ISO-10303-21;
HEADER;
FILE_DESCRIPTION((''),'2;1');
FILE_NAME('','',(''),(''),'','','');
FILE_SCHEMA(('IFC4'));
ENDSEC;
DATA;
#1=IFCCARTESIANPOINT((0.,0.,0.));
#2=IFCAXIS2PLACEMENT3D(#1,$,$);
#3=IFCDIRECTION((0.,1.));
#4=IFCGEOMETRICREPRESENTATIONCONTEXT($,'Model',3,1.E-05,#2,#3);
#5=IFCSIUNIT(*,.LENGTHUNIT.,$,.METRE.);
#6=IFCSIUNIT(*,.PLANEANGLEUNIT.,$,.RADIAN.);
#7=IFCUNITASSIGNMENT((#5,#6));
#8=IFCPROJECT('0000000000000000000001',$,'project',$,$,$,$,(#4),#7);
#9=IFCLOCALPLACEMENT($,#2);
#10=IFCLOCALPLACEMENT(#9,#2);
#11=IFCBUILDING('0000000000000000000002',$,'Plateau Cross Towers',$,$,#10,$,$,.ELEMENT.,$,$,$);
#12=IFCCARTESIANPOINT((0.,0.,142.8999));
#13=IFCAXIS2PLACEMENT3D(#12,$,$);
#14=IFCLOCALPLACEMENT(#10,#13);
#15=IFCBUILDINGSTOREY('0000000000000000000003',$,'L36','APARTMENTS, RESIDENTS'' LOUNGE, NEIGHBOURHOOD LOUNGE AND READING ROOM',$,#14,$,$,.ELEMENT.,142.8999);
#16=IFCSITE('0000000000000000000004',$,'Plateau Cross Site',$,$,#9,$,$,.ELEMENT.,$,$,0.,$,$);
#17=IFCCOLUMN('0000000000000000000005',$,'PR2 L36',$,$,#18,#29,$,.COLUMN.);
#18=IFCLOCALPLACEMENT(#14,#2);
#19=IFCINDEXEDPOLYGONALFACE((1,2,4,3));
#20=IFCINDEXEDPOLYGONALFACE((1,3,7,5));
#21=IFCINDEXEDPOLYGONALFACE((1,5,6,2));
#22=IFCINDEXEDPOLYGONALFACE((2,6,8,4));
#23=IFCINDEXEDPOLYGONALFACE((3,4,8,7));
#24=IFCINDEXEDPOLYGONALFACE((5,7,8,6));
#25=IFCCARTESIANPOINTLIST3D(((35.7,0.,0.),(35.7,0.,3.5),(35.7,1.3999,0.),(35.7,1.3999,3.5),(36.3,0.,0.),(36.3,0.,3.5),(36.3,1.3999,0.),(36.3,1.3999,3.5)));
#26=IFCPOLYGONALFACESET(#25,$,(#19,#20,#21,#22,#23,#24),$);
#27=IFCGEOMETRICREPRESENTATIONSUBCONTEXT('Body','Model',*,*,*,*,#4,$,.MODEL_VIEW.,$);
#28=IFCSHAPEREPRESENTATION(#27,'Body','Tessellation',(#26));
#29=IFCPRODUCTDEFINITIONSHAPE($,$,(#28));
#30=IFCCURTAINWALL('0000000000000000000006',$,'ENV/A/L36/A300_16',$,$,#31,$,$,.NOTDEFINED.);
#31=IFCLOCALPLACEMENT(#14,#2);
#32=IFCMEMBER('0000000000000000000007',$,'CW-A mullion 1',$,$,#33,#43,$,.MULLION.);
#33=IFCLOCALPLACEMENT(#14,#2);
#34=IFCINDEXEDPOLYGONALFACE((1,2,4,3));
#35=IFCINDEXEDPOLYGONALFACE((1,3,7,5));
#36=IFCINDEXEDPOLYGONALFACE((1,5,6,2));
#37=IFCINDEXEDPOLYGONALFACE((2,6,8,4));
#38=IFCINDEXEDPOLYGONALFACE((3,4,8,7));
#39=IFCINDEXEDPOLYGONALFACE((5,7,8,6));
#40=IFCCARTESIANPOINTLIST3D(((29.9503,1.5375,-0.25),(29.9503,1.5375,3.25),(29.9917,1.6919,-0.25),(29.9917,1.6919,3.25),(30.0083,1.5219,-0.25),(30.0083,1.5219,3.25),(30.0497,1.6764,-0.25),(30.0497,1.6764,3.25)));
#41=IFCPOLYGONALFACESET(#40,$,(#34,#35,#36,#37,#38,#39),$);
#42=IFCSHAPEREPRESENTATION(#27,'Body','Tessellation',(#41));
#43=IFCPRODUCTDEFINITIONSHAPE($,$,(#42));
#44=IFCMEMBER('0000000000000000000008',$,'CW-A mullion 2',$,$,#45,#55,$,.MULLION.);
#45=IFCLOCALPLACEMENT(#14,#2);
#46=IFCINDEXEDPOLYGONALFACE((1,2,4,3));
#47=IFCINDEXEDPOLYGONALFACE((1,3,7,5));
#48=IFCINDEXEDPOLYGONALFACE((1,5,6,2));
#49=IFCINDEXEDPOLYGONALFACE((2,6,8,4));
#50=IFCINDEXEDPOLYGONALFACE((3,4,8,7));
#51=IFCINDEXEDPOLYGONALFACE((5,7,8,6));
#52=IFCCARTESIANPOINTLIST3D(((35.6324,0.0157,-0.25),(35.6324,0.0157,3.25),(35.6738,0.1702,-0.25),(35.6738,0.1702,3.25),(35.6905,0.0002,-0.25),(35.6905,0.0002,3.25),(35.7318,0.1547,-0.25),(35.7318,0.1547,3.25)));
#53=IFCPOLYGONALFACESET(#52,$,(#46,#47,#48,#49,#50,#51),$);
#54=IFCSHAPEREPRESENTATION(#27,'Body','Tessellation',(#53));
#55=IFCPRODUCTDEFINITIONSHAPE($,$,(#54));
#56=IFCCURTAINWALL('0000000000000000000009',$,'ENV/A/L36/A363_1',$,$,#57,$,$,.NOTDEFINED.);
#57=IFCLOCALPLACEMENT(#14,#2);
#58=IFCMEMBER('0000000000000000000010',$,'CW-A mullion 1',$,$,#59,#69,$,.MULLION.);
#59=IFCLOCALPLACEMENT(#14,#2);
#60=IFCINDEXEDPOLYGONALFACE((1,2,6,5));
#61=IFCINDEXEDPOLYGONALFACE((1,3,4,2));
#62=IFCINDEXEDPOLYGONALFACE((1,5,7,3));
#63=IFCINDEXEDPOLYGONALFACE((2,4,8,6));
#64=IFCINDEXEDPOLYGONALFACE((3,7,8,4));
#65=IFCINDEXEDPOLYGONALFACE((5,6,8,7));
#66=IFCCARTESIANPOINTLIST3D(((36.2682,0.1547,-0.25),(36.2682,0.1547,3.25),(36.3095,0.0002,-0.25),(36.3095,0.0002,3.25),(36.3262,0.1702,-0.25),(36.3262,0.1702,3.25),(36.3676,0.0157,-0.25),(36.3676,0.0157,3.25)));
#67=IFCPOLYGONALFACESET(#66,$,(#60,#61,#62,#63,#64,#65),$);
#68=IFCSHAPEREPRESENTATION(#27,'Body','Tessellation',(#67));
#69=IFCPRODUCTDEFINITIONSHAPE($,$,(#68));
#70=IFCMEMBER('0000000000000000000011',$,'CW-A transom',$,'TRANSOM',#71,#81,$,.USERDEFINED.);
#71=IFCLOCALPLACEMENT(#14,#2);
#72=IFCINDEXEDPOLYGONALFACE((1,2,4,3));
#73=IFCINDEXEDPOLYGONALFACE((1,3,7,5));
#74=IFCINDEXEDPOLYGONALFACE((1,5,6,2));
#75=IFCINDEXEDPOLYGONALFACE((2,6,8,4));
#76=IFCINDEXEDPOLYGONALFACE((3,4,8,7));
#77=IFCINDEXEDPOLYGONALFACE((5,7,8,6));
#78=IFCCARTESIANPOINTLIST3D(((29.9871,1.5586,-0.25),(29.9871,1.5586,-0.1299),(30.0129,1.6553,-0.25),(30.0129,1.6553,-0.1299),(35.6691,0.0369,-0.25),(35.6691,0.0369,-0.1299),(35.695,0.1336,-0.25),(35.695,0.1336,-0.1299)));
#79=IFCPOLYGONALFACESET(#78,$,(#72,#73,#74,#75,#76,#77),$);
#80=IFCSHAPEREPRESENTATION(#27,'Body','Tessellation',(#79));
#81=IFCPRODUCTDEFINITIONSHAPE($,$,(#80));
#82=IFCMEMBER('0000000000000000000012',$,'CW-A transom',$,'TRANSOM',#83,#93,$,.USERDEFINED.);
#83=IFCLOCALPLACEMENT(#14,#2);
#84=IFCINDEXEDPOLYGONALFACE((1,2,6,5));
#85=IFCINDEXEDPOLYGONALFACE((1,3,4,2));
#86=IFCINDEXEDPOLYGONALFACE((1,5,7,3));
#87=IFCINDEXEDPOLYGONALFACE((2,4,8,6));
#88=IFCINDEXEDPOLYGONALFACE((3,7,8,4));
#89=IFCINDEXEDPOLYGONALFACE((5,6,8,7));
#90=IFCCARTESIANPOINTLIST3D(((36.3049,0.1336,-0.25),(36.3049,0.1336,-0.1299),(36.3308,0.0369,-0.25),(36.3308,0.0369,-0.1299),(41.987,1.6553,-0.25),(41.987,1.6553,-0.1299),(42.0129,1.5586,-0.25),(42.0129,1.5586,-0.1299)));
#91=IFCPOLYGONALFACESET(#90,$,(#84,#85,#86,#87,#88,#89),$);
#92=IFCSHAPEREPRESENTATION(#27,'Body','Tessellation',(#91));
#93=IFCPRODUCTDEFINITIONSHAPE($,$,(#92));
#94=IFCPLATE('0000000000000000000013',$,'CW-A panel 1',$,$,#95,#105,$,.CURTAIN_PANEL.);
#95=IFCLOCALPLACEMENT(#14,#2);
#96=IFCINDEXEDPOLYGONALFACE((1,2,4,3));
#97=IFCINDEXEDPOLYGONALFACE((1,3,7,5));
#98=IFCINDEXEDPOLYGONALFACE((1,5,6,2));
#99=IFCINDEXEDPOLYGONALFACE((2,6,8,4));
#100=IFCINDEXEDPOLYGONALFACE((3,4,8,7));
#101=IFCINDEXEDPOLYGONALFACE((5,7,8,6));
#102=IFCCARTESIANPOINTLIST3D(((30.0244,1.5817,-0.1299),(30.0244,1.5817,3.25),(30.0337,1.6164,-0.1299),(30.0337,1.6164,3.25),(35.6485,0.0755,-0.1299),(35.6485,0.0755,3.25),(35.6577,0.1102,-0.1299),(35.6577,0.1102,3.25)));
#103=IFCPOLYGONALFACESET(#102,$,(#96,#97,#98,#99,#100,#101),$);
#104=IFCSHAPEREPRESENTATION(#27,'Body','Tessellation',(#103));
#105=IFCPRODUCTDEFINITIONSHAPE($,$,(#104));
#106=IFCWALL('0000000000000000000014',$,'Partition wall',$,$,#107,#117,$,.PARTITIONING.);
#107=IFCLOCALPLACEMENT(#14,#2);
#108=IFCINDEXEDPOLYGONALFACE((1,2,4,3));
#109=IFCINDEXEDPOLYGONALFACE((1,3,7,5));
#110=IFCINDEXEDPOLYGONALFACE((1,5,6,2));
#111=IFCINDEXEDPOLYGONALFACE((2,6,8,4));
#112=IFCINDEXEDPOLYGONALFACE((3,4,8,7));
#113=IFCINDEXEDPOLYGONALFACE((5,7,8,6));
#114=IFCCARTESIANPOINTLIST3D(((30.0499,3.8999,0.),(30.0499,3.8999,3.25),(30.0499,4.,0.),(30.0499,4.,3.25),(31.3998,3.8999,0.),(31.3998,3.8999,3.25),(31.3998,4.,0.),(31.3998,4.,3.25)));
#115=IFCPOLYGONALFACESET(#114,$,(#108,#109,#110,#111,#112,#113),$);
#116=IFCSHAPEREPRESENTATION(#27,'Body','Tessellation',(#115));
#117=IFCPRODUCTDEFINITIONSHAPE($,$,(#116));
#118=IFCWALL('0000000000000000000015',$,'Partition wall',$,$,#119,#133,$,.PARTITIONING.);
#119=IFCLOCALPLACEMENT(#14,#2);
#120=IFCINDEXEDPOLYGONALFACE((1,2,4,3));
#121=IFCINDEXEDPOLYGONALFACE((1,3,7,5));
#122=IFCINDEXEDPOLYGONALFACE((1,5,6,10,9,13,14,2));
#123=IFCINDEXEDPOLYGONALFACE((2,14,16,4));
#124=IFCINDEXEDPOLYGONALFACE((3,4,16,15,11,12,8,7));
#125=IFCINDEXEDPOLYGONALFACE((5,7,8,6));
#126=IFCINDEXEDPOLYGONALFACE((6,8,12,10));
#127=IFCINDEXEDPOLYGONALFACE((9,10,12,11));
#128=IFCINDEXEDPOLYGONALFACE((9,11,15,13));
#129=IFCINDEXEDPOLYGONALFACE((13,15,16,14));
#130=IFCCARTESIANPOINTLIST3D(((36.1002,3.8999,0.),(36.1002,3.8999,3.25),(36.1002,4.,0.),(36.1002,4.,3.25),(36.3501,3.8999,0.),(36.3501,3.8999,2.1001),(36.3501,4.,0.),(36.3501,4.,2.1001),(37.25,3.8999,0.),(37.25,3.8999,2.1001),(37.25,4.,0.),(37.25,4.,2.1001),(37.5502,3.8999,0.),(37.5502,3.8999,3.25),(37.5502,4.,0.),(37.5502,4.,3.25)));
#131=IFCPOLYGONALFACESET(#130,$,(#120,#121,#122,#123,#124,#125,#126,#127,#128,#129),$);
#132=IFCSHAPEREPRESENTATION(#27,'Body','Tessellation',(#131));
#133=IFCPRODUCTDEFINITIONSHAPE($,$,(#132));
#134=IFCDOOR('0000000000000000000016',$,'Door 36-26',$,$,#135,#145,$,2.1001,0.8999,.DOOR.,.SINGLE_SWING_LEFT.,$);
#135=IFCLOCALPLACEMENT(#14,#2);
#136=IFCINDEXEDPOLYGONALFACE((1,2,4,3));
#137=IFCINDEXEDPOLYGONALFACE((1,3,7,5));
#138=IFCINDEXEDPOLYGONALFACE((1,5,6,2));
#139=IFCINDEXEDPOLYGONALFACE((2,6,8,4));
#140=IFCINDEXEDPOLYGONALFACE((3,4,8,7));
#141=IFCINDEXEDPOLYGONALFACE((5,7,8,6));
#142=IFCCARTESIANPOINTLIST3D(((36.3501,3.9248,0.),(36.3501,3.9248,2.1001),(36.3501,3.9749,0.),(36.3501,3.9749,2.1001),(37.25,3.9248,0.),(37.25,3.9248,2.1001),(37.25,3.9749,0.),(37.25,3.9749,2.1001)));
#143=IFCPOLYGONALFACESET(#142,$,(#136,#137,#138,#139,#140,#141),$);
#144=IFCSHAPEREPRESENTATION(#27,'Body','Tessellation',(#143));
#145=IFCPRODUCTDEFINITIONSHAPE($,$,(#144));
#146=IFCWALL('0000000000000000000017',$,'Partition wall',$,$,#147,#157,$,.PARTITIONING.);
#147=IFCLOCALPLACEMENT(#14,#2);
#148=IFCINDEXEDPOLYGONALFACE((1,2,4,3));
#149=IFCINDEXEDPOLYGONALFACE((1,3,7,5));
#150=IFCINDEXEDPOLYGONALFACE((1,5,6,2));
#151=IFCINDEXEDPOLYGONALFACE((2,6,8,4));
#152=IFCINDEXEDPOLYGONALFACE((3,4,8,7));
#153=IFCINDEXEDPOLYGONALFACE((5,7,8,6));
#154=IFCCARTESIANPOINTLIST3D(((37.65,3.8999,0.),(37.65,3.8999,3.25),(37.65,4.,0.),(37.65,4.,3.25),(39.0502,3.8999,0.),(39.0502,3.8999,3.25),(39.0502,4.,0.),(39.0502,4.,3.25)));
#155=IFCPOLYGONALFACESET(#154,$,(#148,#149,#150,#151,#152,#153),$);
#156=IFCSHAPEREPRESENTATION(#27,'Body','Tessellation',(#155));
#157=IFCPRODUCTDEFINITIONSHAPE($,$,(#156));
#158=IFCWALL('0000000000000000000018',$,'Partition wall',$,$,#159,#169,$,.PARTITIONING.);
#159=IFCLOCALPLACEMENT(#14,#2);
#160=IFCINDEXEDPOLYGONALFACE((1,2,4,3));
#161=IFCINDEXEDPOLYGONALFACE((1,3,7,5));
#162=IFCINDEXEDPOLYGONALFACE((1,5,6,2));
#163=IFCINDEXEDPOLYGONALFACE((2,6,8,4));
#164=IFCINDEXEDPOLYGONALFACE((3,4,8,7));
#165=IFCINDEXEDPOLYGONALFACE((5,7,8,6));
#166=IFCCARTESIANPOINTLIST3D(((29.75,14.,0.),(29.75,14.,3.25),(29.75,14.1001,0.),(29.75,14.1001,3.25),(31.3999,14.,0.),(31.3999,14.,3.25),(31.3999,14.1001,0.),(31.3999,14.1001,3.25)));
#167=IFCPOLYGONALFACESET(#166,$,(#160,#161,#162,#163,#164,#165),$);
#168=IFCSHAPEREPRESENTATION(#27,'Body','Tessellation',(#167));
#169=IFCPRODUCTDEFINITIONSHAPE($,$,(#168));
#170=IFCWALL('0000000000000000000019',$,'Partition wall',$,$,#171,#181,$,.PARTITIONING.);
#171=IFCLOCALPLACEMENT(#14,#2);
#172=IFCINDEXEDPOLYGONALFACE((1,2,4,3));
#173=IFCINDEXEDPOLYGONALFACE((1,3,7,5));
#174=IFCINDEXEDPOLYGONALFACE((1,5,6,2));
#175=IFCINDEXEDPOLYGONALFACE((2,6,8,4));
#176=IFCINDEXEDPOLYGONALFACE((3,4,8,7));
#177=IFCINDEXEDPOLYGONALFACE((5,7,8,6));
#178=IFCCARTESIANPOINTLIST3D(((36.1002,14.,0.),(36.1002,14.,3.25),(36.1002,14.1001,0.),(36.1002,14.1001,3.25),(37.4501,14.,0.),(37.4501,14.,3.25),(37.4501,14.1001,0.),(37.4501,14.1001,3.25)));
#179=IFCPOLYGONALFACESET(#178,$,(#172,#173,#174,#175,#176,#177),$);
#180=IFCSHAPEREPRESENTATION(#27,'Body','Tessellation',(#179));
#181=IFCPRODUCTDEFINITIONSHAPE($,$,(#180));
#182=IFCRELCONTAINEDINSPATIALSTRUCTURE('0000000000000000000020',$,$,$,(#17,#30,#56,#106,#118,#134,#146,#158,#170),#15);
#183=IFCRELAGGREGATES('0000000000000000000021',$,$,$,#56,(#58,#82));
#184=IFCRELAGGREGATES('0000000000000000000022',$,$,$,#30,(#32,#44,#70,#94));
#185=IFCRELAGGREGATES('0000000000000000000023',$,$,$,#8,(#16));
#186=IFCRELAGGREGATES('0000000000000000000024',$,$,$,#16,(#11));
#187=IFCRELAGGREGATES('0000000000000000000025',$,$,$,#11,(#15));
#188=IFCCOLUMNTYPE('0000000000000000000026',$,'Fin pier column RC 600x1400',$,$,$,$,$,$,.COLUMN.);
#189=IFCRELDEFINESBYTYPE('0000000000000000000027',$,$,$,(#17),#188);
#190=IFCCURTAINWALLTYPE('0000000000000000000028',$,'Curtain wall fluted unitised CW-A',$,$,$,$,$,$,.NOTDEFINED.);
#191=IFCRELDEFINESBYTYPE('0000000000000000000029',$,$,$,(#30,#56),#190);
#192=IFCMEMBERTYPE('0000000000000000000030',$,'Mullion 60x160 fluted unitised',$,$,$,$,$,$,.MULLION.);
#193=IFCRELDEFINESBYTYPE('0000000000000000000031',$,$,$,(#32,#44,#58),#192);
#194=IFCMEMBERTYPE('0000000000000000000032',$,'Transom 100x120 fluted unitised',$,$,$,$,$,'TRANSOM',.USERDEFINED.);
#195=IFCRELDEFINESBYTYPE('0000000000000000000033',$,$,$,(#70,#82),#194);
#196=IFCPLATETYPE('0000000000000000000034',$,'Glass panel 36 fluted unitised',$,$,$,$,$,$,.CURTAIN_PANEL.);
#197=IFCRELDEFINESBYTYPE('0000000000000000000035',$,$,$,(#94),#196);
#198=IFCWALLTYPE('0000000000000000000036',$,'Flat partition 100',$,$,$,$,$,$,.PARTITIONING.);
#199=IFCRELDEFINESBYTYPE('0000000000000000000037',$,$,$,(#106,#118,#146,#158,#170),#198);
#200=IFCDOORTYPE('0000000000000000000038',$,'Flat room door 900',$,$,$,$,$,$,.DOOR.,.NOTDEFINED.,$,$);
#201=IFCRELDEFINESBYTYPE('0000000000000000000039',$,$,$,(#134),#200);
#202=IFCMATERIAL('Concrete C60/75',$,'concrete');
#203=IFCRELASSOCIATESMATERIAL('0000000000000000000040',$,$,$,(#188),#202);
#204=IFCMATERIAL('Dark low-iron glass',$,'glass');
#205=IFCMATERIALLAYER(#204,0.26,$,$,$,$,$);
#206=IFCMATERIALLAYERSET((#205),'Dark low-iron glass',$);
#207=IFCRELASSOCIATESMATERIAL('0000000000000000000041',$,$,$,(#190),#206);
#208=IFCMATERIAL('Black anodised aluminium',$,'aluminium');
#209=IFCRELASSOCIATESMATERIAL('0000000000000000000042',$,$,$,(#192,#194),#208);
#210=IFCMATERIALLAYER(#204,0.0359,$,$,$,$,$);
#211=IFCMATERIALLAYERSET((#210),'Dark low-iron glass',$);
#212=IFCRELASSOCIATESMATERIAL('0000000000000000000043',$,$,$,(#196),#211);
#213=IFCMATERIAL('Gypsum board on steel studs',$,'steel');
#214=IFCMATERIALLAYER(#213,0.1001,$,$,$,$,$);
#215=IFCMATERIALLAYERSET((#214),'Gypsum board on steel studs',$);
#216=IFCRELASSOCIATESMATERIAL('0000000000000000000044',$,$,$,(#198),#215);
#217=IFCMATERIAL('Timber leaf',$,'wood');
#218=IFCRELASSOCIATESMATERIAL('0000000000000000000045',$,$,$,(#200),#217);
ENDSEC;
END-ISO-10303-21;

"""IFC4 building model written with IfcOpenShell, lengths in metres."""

from ifc_helpers import new_model, si_unit, direction, frame, frame_2d, origin, origin_2d, place, context, subcontext, project, spatial, rectangle, extrude, material, layer, layer_set, material_profile, profile_set, type_object, element, fill, aggregate, save


model = new_model("IFC4")

# Units and contexts
model_context = context("Model", 3, precision=1e-05, world=origin(), true_north=direction((0.0, 1.0)))
body_context = subcontext(model_context, "Body", "Model", "MODEL_VIEW")
ifc_project = project(units=[si_unit("LENGTHUNIT", "METRE"), si_unit("PLANEANGLEUNIT", "RADIAN")], contexts=[model_context])

# Site, building, storey
site_placement = place(None, origin())
site = spatial("IfcSite", under=ifc_project, at=site_placement, Name="Plateau Cross Site", CompositionType="ELEMENT", RefElevation=0.0)
building_placement = place(site_placement, origin())
building = spatial("IfcBuilding", under=site, at=building_placement, Name="Plateau Cross Towers", CompositionType="ELEMENT")
storey_placement = place(building_placement, frame((0.0, 0.0, 142.8999)))
storey = spatial("IfcBuildingStorey", under=building, at=storey_placement, Name="L36", Description="APARTMENTS, RESIDENTS' LOUNGE, NEIGHBOURHOOD LOUNGE AND READING ROOM", CompositionType="ELEMENT", Elevation=142.8999)

# Column
ifc_material_1 = material(Name="Concrete C60/75", Category="concrete")
ifc_material_profile_1 = material_profile(ifc_material_1, rectangle(XDim=0.6001, YDim=1.3999, at=origin_2d()), Name="RC 600x1400")
ifc_profile_set_1 = profile_set([ifc_material_profile_1], Name="Concrete C60/75")
column_type = type_object("IfcColumnType", Name="Fin pier column RC 600x1400", PredefinedType="COLUMN", material=ifc_profile_set_1)
column_placement = place(storey_placement, frame((36.0, 0.7, 0.0), z_axis=(0.0, 0.0, 1.0), x_axis=(1.0, 0.0, 0.0)))
element("IfcColumn", 1, at=column_placement, inside=storey, type_object=column_type, Name="PR2 L36", PredefinedType="COLUMN", context=body_context, shape_type="SweptSolid", body=[
    extrude(rectangle(XDim=0.6001, YDim=1.3999, at=origin_2d()), origin(), (0.0, 0.0, 1.0), 3.5),
])

# Curtain wall, members
ifc_material_2 = material(Name="Dark low-iron glass", Category="glass")
ifc_layer_1 = layer(ifc_material_2, 0.26)
ifc_layer_set_1 = layer_set([ifc_layer_1], Name="Dark low-iron glass")
curtain_wall_type = type_object("IfcCurtainWallType", Name="Curtain wall fluted unitised CW-A", PredefinedType="NOTDEFINED", material=ifc_layer_set_1)
curtain_wall_1_placement = place(storey_placement, origin())
curtain_wall_1 = element("IfcCurtainWall", 2, at=curtain_wall_1_placement, inside=storey, type_object=curtain_wall_type, Name="ENV/A/L36/A300_16", PredefinedType="NOTDEFINED")
ifc_material_3 = material(Name="Black anodised aluminium", Category="aluminium")
ifc_material_profile_2 = material_profile(ifc_material_3, rectangle(XDim=0.0601, YDim=0.1599, at=origin_2d()), Name="MULLION 60x160")
ifc_profile_set_2 = profile_set([ifc_material_profile_2], Name="Black anodised aluminium")
member_type_1 = type_object("IfcMemberType", Name="Mullion 60x160 fluted unitised", PredefinedType="MULLION", material=ifc_profile_set_2)
member_1_placement = place(storey_placement, frame((30.0, 1.6069, -0.25), z_axis=(0.0, 0.0, 1.0), x_axis=(0.965958, -0.258699, 0.0)))
member_1 = element("IfcMember", 3, at=member_1_placement, type_object=member_type_1, Name="CW-A mullion 1", PredefinedType="MULLION", context=body_context, shape_type="SweptSolid", body=[
    extrude(rectangle(XDim=0.0601, YDim=0.1599, at=origin_2d()), origin(), (0.0, 0.0, 1.0), 3.5),
])
member_2_placement = place(storey_placement, frame((35.6821, 0.0852, -0.25), z_axis=(0.0, 0.0, 1.0), x_axis=(0.965958, -0.258699, 0.0)))
member_2 = element("IfcMember", 4, at=member_2_placement, type_object=member_type_1, Name="CW-A mullion 2", PredefinedType="MULLION", context=body_context, shape_type="SweptSolid", body=[
    extrude(rectangle(XDim=0.0601, YDim=0.1599, at=origin_2d()), origin(), (0.0, 0.0, 1.0), 3.5),
])

# Curtain wall, member
curtain_wall_2_placement = place(storey_placement, origin())
curtain_wall_2 = element("IfcCurtainWall", 5, at=curtain_wall_2_placement, inside=storey, type_object=curtain_wall_type, Name="ENV/A/L36/A363_1", PredefinedType="NOTDEFINED")
member_3_placement = place(storey_placement, frame((36.3179, 0.0852, -0.25), z_axis=(0.0, 0.0, 1.0), x_axis=(0.965958, 0.258699, 0.0)))
member_3 = element("IfcMember", 6, at=member_3_placement, type_object=member_type_1, Name="CW-A mullion 1", PredefinedType="MULLION", context=body_context, shape_type="SweptSolid", body=[
    extrude(rectangle(XDim=0.0601, YDim=0.1599, at=origin_2d()), origin(), (0.0, 0.0, 1.0), 3.5),
])

# Members
ifc_material_profile_3 = material_profile(ifc_material_3, rectangle(XDim=0.1001, YDim=0.1201, at=origin_2d()), Name="TRANSOM 100x120")
ifc_profile_set_3 = profile_set([ifc_material_profile_3], Name="Black anodised aluminium")
member_type_2 = type_object("IfcMemberType", Name="Transom 100x120 fluted unitised", ElementType="TRANSOM", PredefinedType="USERDEFINED", material=ifc_profile_set_3)
member_4_placement = place(storey_placement, frame((30.0, 1.6069, -0.1899), z_axis=(0.96596, -0.258693, 0.0), x_axis=(0.258693, 0.96596, 0.0)))
member_4 = element("IfcMember", 7, at=member_4_placement, type_object=member_type_2, Name="CW-A transom", ObjectType="TRANSOM", PredefinedType="USERDEFINED", context=body_context, shape_type="SweptSolid", body=[
    extrude(rectangle(XDim=0.1001, YDim=0.1201, at=origin_2d()), origin(), (0.0, 0.0, 1.0), 5.8823),
])
member_5_placement = place(storey_placement, frame((36.3179, 0.0852, -0.1899), z_axis=(0.96596, 0.258693, 0.0), x_axis=(-0.258693, 0.96596, 0.0)))
member_5 = element("IfcMember", 8, at=member_5_placement, type_object=member_type_2, Name="CW-A transom", ObjectType="TRANSOM", PredefinedType="USERDEFINED", context=body_context, shape_type="SweptSolid", body=[
    extrude(rectangle(XDim=0.1001, YDim=0.1201, at=origin_2d()), origin(), (0.0, 0.0, 1.0), 5.8823),
])
aggregate(curtain_wall_2, [member_3, member_5])

# Plate
ifc_layer_2 = layer(ifc_material_2, 0.0359)
ifc_layer_set_2 = layer_set([ifc_layer_2], Name="Dark low-iron glass")
plate_type = type_object("IfcPlateType", Name="Glass panel 36 fluted unitised", PredefinedType="CURTAIN_PANEL", material=ifc_layer_set_2)
plate_placement = place(storey_placement, frame((32.8411, 0.8459, -0.1299), z_axis=(0.0, 0.0, 1.0), x_axis=(0.965958, -0.258699, 0.0)))
plate = element("IfcPlate", 9, at=plate_placement, type_object=plate_type, Name="CW-A panel 1", PredefinedType="CURTAIN_PANEL", context=body_context, shape_type="SweptSolid", body=[
    extrude(rectangle(XDim=5.8223, YDim=0.0359, at=origin_2d()), origin(), (0.0, 0.0, 1.0), 3.3799),
])
aggregate(curtain_wall_1, [member_1, member_2, member_4, plate])

# Wall
ifc_material_4 = material(Name="Gypsum board on steel studs", Category="steel")
ifc_layer_3 = layer(ifc_material_4, 0.1001)
ifc_layer_set_3 = layer_set([ifc_layer_3], Name="Gypsum board on steel studs")
wall_type_1 = type_object("IfcWallType", Name="Flat partition 100", PredefinedType="PARTITIONING", material=ifc_layer_set_3)
wall_1_placement = place(storey_placement, frame((30.05, 3.95, 0.0), z_axis=(0.0, 0.0, 1.0), x_axis=(1.0, 0.0, 0.0)))
element("IfcWall", 10, at=wall_1_placement, inside=storey, type_object=wall_type_1, Name="Partition wall", PredefinedType="PARTITIONING", context=body_context, shape_type="SweptSolid", body=[
    extrude(rectangle(XDim=1.3499, YDim=0.1001, at=frame_2d((0.6748, 0.0))), origin(), (0.0, 0.0, 1.0), 3.25),
])

# Wall, opening, door
wall_2_placement = place(storey_placement, frame((36.1001, 3.95, 0.0), z_axis=(0.0, 0.0, 1.0), x_axis=(1.0, 0.0, 0.0)))
wall_2 = element("IfcWall", 11, at=wall_2_placement, inside=storey, type_object=wall_type_1, Name="Partition wall", PredefinedType="PARTITIONING", context=body_context, shape_type="SweptSolid", body=[
    extrude(rectangle(XDim=1.45, YDim=0.1001, at=frame_2d((0.7251, 0.0))), origin(), (0.0, 0.0, 1.0), 3.25),
])
opening_1_placement = place(wall_2_placement, frame((0.25, 0.0, 0.0)))
opening_1 = element("IfcOpeningElement", 12, at=opening_1_placement, cuts=wall_2, PredefinedType="OPENING", context=body_context, shape_type="SweptSolid", body=[
    extrude(rectangle(XDim=0.8999, YDim=2.1001, at=frame_2d((0.45, 1.05))), frame((0.0, 0.0601, 0.0), z_axis=(0.0, -1.0, 0.0), x_axis=(1.0, 0.0, 0.0)), (0.0, 0.0, 1.0), 0.1201),
])
ifc_material_5 = material(Name="Timber leaf", Category="wood")
door_type_1 = type_object("IfcDoorType", Name="Flat room door 900", OperationType="NOTDEFINED", PredefinedType="DOOR", material=ifc_material_5)
door_1_placement = place(opening_1_placement, origin())
door_1 = element("IfcDoor", 13, at=door_1_placement, inside=storey, type_object=door_type_1, Name="Door 36-26", OperationType="SINGLE_SWING_LEFT", OverallHeight=2.1001, OverallWidth=0.8999, PredefinedType="DOOR", context=body_context, shape_type="SweptSolid", body=[
    extrude(rectangle(XDim=0.8999, YDim=2.1001, at=frame_2d((0.45, 1.05))), frame((0.0, 0.0249, 0.0), z_axis=(0.0, -1.0, 0.0), x_axis=(1.0, 0.0, 0.0)), (0.0, 0.0, 1.0), 0.05),
])
fill(opening_1, door_1)

# Walls
wall_3_placement = place(storey_placement, frame((37.6499, 3.95, 0.0), z_axis=(0.0, 0.0, 1.0), x_axis=(1.0, 0.0, 0.0)))
element("IfcWall", 14, at=wall_3_placement, inside=storey, type_object=wall_type_1, Name="Partition wall", PredefinedType="PARTITIONING", context=body_context, shape_type="SweptSolid", body=[
    extrude(rectangle(XDim=1.4001, YDim=0.1001, at=frame_2d((0.7002, 0.0))), origin(), (0.0, 0.0, 1.0), 3.25),
])
wall_4_placement = place(storey_placement, frame((31.3999, 14.05, 0.0), z_axis=(0.0, 0.0, 1.0), x_axis=(-1.0, 0.0, 0.0)))
element("IfcWall", 15, at=wall_4_placement, inside=storey, type_object=wall_type_1, Name="Partition wall", PredefinedType="PARTITIONING", context=body_context, shape_type="SweptSolid", body=[
    extrude(rectangle(XDim=1.6499, YDim=0.1001, at=frame_2d((0.825, 0.0))), origin(), (0.0, 0.0, 1.0), 3.25),
])
wall_5_placement = place(storey_placement, frame((37.45, 14.05, 0.0), z_axis=(0.0, 0.0, 1.0), x_axis=(-1.0, 0.0, 0.0)))
element("IfcWall", 16, at=wall_5_placement, inside=storey, type_object=wall_type_1, Name="Partition wall", PredefinedType="PARTITIONING", context=body_context, shape_type="SweptSolid", body=[
    extrude(rectangle(XDim=1.3499, YDim=0.1001, at=frame_2d((0.6748, 0.0))), origin(), (0.0, 0.0, 1.0), 3.25),
])

save(model, "model.ifc")
